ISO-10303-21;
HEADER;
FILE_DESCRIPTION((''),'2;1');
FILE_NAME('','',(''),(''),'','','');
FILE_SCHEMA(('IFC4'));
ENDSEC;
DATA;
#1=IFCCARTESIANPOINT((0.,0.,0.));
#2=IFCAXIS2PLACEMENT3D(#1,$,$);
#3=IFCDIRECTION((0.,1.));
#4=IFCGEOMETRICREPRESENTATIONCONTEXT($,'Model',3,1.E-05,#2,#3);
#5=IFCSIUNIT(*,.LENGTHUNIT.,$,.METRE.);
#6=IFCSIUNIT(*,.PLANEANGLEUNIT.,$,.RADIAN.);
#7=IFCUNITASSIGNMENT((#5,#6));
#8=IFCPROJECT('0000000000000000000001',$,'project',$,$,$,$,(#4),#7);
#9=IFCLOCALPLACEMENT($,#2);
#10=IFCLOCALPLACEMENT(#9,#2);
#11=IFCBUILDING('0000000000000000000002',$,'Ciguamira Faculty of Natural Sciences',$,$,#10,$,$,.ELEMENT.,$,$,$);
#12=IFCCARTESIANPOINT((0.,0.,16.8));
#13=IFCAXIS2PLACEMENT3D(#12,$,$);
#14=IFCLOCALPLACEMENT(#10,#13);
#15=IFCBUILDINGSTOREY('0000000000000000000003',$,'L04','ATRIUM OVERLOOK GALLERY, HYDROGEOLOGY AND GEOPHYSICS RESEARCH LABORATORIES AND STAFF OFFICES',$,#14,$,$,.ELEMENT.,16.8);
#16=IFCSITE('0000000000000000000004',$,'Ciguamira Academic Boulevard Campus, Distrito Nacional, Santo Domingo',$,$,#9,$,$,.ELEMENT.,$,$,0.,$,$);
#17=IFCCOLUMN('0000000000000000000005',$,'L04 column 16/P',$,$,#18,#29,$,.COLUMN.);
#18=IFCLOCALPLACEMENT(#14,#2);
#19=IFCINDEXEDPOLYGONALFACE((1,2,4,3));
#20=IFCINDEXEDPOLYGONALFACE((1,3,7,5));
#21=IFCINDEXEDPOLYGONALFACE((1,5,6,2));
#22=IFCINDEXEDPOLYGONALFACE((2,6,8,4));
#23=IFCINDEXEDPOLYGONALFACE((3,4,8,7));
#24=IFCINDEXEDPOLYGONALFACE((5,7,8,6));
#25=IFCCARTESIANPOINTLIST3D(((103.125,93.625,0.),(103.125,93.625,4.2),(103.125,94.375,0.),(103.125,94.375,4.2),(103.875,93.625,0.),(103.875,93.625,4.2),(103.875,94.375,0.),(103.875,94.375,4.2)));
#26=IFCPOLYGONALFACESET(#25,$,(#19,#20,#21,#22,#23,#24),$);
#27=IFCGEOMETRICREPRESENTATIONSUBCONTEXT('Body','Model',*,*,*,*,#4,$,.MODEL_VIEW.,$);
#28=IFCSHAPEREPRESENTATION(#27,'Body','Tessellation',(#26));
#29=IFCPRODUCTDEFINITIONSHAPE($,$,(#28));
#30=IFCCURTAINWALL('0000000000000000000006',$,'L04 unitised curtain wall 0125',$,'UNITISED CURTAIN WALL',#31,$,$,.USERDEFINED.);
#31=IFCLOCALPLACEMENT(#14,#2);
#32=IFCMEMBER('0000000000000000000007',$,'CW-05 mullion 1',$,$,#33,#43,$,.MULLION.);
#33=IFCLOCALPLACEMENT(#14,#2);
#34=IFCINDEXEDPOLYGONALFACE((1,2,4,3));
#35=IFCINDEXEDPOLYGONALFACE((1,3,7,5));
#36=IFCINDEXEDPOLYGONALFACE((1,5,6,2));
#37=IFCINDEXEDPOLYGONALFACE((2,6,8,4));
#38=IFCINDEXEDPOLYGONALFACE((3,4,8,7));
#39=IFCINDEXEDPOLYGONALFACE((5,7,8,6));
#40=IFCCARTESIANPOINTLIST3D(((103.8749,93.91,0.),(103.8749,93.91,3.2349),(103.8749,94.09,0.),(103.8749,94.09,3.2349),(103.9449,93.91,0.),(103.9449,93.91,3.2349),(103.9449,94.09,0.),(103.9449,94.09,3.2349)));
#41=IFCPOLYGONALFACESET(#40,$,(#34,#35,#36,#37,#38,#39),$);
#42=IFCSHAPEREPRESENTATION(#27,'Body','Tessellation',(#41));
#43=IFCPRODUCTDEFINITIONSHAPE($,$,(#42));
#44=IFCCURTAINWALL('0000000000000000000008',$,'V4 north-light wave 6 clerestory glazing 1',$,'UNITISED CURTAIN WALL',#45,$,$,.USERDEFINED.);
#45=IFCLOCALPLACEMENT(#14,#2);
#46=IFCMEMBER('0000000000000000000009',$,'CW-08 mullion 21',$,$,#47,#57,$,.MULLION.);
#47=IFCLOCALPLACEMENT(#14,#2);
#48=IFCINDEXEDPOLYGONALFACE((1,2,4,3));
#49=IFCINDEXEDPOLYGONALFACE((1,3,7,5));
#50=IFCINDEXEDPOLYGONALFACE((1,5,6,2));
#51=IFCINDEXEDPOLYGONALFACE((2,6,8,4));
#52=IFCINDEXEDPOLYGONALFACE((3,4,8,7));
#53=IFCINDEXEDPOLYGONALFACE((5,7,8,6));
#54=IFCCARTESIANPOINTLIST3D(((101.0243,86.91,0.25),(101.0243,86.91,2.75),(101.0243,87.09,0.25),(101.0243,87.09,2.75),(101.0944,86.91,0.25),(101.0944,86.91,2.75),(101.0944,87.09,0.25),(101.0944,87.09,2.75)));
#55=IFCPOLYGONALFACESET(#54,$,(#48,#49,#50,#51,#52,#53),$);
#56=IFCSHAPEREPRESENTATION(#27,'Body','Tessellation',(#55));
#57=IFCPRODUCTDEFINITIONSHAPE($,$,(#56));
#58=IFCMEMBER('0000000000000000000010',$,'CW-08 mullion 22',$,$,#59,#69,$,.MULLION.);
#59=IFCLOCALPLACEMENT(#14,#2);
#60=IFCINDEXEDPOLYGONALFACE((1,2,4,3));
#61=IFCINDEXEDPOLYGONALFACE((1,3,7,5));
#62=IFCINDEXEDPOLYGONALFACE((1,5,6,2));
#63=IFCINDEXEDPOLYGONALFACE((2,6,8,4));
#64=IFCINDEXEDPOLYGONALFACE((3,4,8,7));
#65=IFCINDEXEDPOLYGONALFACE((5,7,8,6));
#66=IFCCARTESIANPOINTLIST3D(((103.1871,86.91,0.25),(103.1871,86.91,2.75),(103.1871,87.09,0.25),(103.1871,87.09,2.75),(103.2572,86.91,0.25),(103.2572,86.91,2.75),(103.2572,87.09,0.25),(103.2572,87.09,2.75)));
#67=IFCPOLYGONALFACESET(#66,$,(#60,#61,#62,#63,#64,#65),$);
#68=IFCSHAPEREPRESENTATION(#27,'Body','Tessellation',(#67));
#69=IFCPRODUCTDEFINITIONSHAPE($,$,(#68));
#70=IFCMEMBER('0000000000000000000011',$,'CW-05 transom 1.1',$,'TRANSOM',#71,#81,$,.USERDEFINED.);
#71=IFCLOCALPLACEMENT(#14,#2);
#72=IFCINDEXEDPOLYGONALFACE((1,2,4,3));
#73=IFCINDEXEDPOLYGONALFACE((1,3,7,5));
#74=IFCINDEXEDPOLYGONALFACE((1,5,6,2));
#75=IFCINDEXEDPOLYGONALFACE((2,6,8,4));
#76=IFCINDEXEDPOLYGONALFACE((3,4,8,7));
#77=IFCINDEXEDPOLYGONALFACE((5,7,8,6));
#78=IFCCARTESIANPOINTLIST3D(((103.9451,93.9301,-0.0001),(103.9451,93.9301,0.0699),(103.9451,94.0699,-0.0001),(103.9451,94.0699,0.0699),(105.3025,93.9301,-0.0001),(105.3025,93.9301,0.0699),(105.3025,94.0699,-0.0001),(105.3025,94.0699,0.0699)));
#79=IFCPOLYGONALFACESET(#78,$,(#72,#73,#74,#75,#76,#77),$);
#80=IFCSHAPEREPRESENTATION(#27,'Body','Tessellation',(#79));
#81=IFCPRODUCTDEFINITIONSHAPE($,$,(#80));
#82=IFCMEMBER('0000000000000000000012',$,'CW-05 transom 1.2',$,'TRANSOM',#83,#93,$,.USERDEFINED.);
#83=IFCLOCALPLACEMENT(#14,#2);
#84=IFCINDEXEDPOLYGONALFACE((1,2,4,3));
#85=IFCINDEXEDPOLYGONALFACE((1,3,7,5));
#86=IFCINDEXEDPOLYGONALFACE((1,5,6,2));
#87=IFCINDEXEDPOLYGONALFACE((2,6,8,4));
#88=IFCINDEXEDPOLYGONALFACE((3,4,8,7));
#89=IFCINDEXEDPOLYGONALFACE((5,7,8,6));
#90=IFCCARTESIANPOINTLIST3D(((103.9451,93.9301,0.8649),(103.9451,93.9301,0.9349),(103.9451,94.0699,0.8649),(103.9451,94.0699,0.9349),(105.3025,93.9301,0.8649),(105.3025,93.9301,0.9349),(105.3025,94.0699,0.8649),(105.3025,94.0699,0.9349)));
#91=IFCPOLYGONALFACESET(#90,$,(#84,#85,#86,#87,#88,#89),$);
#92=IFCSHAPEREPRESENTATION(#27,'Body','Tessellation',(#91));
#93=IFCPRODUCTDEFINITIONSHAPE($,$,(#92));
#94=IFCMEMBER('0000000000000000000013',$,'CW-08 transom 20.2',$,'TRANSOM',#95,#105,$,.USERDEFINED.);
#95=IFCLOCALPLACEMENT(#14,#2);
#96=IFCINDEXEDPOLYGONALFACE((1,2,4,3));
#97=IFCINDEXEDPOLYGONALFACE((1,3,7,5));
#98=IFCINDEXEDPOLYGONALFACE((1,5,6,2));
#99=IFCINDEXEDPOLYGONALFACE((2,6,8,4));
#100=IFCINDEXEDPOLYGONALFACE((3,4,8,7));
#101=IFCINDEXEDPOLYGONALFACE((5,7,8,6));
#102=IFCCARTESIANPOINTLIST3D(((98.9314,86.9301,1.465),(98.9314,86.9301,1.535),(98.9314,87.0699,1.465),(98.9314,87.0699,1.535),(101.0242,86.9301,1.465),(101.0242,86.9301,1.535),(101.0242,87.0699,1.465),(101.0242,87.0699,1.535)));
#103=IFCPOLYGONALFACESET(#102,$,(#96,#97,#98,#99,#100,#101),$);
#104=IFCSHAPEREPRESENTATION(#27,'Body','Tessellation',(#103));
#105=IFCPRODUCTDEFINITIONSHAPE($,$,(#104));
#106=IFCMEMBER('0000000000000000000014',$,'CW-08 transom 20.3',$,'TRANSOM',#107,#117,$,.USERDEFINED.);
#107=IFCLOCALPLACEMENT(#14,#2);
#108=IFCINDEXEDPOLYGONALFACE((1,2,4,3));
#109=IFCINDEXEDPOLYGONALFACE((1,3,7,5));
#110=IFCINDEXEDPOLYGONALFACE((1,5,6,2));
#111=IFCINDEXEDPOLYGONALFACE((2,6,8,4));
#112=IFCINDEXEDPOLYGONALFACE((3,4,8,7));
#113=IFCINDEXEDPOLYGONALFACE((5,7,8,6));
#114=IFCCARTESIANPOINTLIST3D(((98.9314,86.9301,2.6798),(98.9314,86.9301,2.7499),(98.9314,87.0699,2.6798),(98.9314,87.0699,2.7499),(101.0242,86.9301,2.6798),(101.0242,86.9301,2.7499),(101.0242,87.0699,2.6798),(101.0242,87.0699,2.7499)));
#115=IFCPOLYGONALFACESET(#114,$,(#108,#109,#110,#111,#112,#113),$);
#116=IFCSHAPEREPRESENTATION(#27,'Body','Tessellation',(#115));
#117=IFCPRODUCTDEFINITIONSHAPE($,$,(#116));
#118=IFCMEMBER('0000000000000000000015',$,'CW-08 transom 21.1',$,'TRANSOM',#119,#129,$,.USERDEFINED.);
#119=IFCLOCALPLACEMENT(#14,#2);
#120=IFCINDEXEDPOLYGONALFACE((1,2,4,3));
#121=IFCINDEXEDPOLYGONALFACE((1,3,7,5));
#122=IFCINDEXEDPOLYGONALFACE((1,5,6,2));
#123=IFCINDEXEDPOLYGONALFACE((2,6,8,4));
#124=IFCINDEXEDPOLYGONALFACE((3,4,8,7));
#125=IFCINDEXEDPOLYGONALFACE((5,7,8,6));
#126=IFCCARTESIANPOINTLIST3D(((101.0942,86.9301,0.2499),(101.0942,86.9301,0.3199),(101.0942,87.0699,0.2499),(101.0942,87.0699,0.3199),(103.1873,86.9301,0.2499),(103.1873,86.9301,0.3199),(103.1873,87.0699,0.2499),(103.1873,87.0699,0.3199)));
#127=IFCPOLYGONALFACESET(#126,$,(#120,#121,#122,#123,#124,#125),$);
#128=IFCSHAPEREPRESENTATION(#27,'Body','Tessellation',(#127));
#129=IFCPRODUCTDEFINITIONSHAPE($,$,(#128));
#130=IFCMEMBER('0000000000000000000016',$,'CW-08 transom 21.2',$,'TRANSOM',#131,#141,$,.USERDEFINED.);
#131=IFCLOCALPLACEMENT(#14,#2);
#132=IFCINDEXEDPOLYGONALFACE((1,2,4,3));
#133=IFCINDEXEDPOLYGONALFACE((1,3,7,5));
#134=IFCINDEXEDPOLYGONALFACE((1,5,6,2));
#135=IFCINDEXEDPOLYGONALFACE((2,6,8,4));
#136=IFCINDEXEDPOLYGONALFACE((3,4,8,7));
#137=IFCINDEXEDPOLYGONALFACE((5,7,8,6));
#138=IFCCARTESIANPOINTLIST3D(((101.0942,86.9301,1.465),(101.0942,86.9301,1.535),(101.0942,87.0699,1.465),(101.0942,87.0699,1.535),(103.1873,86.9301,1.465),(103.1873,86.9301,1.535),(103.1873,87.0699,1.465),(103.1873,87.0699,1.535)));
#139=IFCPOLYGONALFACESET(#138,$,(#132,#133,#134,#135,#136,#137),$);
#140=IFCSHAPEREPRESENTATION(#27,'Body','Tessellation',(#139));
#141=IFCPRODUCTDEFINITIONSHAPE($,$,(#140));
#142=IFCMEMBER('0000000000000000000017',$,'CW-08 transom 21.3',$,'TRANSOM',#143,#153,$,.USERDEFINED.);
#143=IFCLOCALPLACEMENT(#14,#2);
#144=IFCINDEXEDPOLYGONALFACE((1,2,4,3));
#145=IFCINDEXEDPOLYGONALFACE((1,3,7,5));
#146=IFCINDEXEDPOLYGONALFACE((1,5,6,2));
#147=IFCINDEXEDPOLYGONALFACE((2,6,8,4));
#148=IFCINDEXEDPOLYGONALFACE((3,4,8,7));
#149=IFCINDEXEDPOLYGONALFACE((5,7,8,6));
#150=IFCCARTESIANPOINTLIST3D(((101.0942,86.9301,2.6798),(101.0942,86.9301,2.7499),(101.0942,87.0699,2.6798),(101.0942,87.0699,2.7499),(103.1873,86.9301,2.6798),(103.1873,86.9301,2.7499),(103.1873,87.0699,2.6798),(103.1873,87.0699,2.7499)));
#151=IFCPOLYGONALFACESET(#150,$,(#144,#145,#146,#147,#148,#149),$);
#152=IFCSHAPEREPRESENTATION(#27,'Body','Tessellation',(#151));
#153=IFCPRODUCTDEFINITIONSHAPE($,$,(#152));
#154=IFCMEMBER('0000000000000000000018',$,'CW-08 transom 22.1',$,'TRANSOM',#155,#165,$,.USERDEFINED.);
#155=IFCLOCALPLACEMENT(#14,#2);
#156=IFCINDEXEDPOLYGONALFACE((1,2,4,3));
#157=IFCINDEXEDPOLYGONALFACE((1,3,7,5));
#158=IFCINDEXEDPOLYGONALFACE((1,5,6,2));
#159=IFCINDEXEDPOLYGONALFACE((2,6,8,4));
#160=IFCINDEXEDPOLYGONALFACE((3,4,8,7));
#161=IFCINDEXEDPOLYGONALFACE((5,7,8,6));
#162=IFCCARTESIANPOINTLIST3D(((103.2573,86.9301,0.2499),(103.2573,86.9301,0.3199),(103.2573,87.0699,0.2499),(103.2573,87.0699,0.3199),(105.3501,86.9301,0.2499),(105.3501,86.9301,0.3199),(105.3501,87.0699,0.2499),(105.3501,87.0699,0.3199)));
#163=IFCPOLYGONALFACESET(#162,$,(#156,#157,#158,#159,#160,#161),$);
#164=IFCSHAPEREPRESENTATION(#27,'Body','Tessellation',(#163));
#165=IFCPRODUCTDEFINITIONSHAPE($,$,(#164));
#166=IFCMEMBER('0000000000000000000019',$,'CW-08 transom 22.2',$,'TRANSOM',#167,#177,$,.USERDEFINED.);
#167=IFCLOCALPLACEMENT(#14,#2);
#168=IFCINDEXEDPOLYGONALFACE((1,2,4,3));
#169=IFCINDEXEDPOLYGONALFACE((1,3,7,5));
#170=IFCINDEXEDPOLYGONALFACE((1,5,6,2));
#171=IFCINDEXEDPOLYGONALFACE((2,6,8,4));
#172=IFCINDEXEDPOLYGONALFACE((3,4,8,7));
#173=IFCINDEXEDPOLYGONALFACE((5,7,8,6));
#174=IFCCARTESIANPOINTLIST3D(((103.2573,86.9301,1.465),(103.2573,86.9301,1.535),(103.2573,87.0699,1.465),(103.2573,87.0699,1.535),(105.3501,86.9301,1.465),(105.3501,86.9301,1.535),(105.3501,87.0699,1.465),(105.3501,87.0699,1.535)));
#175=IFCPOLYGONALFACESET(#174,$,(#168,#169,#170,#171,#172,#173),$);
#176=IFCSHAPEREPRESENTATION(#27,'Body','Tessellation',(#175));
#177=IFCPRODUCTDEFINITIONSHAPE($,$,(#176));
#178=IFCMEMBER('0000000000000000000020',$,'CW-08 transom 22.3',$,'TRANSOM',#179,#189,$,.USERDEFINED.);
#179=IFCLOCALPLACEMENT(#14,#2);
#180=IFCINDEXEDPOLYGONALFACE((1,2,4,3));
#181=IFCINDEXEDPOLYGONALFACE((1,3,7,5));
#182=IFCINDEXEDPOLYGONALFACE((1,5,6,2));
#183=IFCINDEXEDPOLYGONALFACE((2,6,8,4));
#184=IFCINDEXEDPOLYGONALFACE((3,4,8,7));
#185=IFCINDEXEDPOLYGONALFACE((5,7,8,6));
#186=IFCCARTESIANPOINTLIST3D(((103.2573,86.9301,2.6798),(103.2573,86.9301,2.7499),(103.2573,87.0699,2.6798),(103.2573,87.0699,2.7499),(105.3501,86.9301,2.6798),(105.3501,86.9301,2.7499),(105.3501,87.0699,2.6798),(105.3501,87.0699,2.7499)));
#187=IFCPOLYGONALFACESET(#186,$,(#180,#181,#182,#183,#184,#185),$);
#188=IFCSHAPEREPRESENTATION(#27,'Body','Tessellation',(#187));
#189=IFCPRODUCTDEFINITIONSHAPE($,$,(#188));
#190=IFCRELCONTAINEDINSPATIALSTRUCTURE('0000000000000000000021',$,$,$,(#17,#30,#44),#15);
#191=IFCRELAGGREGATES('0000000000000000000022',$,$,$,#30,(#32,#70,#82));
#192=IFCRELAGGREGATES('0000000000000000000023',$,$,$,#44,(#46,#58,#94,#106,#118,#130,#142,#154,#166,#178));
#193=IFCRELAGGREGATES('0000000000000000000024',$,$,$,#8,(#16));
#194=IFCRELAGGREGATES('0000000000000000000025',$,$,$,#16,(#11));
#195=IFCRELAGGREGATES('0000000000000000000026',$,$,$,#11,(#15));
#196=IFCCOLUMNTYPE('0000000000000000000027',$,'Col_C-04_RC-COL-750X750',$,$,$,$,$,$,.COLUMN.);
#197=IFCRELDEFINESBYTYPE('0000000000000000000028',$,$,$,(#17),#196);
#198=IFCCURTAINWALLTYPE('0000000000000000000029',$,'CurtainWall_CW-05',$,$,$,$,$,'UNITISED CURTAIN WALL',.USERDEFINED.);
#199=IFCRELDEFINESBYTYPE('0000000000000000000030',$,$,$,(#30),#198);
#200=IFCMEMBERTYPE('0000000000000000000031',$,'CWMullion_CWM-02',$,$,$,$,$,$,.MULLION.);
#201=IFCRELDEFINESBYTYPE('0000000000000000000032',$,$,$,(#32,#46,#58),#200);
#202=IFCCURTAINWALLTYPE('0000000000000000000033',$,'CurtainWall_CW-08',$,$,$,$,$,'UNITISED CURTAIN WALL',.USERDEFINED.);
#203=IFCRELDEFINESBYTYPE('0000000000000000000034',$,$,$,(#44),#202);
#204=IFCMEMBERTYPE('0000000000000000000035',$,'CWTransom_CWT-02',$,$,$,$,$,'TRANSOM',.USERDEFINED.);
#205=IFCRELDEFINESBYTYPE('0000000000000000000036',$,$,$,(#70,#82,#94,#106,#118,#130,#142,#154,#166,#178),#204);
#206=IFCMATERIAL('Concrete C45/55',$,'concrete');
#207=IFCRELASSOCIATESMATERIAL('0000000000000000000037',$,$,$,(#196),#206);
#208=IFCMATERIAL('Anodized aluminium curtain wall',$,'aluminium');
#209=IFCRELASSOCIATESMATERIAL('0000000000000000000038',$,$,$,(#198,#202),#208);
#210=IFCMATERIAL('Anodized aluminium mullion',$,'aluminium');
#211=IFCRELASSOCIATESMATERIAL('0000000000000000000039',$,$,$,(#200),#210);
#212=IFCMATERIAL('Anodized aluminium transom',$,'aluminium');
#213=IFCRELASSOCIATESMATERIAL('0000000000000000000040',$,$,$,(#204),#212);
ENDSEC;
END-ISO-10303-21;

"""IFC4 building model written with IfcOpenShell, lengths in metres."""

from ifc_helpers import new_model, si_unit, direction, frame, origin, origin_2d, place, context, subcontext, project, spatial, rectangle, extrude, material, material_profile, profile_set, type_object, element, aggregate, save


model = new_model("IFC4")

# Units and contexts
model_context = context("Model", 3, precision=1e-05, world=origin(), true_north=direction((0.0, 1.0)))
body_context = subcontext(model_context, "Body", "Model", "MODEL_VIEW")
ifc_project = project(units=[si_unit("LENGTHUNIT", "METRE"), si_unit("PLANEANGLEUNIT", "RADIAN")], contexts=[model_context])

# Site, building, storey
site_placement = place(None, origin())
site = spatial("IfcSite", under=ifc_project, at=site_placement, Name="Ciguamira Academic Boulevard Campus, Distrito Nacional, Santo Domingo", CompositionType="ELEMENT", RefElevation=0.0)
building_placement = place(site_placement, origin())
building = spatial("IfcBuilding", under=site, at=building_placement, Name="Ciguamira Faculty of Natural Sciences", CompositionType="ELEMENT")
storey_placement = place(building_placement, frame((0.0, 0.0, 16.8)))
storey = spatial("IfcBuildingStorey", under=building, at=storey_placement, Name="L04", Description="ATRIUM OVERLOOK GALLERY, HYDROGEOLOGY AND GEOPHYSICS RESEARCH LABORATORIES AND STAFF OFFICES", CompositionType="ELEMENT", Elevation=16.8)

# Column
ifc_material_1 = material(Name="Concrete C45/55", Category="concrete")
ifc_material_profile_1 = material_profile(ifc_material_1, rectangle(XDim=0.75, YDim=0.75, at=origin_2d()), Name="RC-COL-750X750")
ifc_profile_set_1 = profile_set([ifc_material_profile_1], Name="Concrete C45/55")
column_type = type_object("IfcColumnType", Name="Col_C-04_RC-COL-750X750", PredefinedType="COLUMN", material=ifc_profile_set_1)
column_placement = place(storey_placement, frame((103.5, 94.0, 0.0), z_axis=(0.0, 0.0, 1.0), x_axis=(1.0, 0.0, 0.0)))
element("IfcColumn", 1, at=column_placement, inside=storey, type_object=column_type, Name="L04 column 16/P", PredefinedType="COLUMN", context=body_context, shape_type="SweptSolid", body=[
    extrude(rectangle(XDim=0.75, YDim=0.75, at=origin_2d()), origin(), (0.0, 0.0, 1.0), 4.2),
])

# Curtain wall, member
ifc_material_2 = material(Name="Anodized aluminium curtain wall", Category="aluminium")
curtain_wall_type_1 = type_object("IfcCurtainWallType", Name="CurtainWall_CW-05", ElementType="UNITISED CURTAIN WALL", PredefinedType="USERDEFINED", material=ifc_material_2)
curtain_wall_1_placement = place(storey_placement, origin())
curtain_wall_1 = element("IfcCurtainWall", 2, at=curtain_wall_1_placement, inside=storey, type_object=curtain_wall_type_1, Name="L04 unitised curtain wall 0125", ObjectType="UNITISED CURTAIN WALL", PredefinedType="USERDEFINED")
ifc_material_3 = material(Name="Anodized aluminium mullion", Category="aluminium")
ifc_material_profile_2 = material_profile(ifc_material_3, rectangle(XDim=0.0701, YDim=0.1799, at=origin_2d()), Name="ALU-MUL-70X180")
ifc_profile_set_2 = profile_set([ifc_material_profile_2], Name="Anodized aluminium mullion")
member_type_1 = type_object("IfcMemberType", Name="CWMullion_CWM-02", PredefinedType="MULLION", material=ifc_profile_set_2)
member_1_placement = place(storey_placement, frame((103.9099, 94.0, 0.0), z_axis=(0.0, 0.0, 1.0), x_axis=(1.0, 0.0, 0.0)))
member_1 = element("IfcMember", 3, at=member_1_placement, type_object=member_type_1, Name="CW-05 mullion 1", PredefinedType="MULLION", context=body_context, shape_type="SweptSolid", body=[
    extrude(rectangle(XDim=0.0701, YDim=0.1799, at=origin_2d()), origin(), (0.0, 0.0, 1.0), 3.2349),
])

# Curtain wall, members
curtain_wall_type_2 = type_object("IfcCurtainWallType", Name="CurtainWall_CW-08", ElementType="UNITISED CURTAIN WALL", PredefinedType="USERDEFINED", material=ifc_material_2)
curtain_wall_2_placement = place(storey_placement, origin())
curtain_wall_2 = element("IfcCurtainWall", 4, at=curtain_wall_2_placement, inside=storey, type_object=curtain_wall_type_2, Name="V4 north-light wave 6 clerestory glazing 1", ObjectType="UNITISED CURTAIN WALL", PredefinedType="USERDEFINED")
member_2_placement = place(storey_placement, frame((101.0593, 87.0, 0.25), z_axis=(0.0, 0.0, 1.0), x_axis=(1.0, 0.0, 0.0)))
member_2 = element("IfcMember", 5, at=member_2_placement, type_object=member_type_1, Name="CW-08 mullion 21", PredefinedType="MULLION", context=body_context, shape_type="SweptSolid", body=[
    extrude(rectangle(XDim=0.0701, YDim=0.1799, at=origin_2d()), origin(), (0.0, 0.0, 1.0), 2.5),
])
member_3_placement = place(storey_placement, frame((103.2222, 87.0, 0.25), z_axis=(0.0, 0.0, 1.0), x_axis=(1.0, 0.0, 0.0)))
member_3 = element("IfcMember", 6, at=member_3_placement, type_object=member_type_1, Name="CW-08 mullion 22", PredefinedType="MULLION", context=body_context, shape_type="SweptSolid", body=[
    extrude(rectangle(XDim=0.0701, YDim=0.1799, at=origin_2d()), origin(), (0.0, 0.0, 1.0), 2.5),
])

# Members
ifc_material_4 = material(Name="Anodized aluminium transom", Category="aluminium")
ifc_material_profile_3 = material_profile(ifc_material_4, rectangle(XDim=0.0701, YDim=0.1399, at=origin_2d()), Name="ALU-TRN-70X140")
ifc_profile_set_3 = profile_set([ifc_material_profile_3], Name="Anodized aluminium transom")
member_type_2 = type_object("IfcMemberType", Name="CWTransom_CWT-02", ElementType="TRANSOM", PredefinedType="USERDEFINED", material=ifc_profile_set_3)
member_4_placement = place(storey_placement, frame((103.9451, 94.0, 0.0349), z_axis=(1.0, 0.0, 0.0), x_axis=(0.0, 0.0, 1.0)))
member_4 = element("IfcMember", 7, at=member_4_placement, type_object=member_type_2, Name="CW-05 transom 1.1", ObjectType="TRANSOM", PredefinedType="USERDEFINED", context=body_context, shape_type="SweptSolid", body=[
    extrude(rectangle(XDim=0.0701, YDim=0.1399, at=origin_2d()), origin(), (0.0, 0.0, 1.0), 1.3574),
])
member_5_placement = place(storey_placement, frame((103.9451, 94.0, 0.8999), z_axis=(1.0, 0.0, 0.0), x_axis=(0.0, 0.0, 1.0)))
member_5 = element("IfcMember", 8, at=member_5_placement, type_object=member_type_2, Name="CW-05 transom 1.2", ObjectType="TRANSOM", PredefinedType="USERDEFINED", context=body_context, shape_type="SweptSolid", body=[
    extrude(rectangle(XDim=0.0701, YDim=0.1399, at=origin_2d()), origin(), (0.0, 0.0, 1.0), 1.3574),
])
aggregate(curtain_wall_1, [member_1, member_4, member_5])
member_6_placement = place(storey_placement, frame((98.9314, 87.0, 1.5), z_axis=(1.0, 0.0, 0.0), x_axis=(0.0, 0.0, 1.0)))
member_6 = element("IfcMember", 9, at=member_6_placement, type_object=member_type_2, Name="CW-08 transom 20.2", ObjectType="TRANSOM", PredefinedType="USERDEFINED", context=body_context, shape_type="SweptSolid", body=[
    extrude(rectangle(XDim=0.0701, YDim=0.1399, at=origin_2d()), origin(), (0.0, 0.0, 1.0), 2.0928),
])
member_7_placement = place(storey_placement, frame((98.9314, 87.0, 2.7148), z_axis=(1.0, 0.0, 0.0), x_axis=(0.0, 0.0, 1.0)))
member_7 = element("IfcMember", 10, at=member_7_placement, type_object=member_type_2, Name="CW-08 transom 20.3", ObjectType="TRANSOM", PredefinedType="USERDEFINED", context=body_context, shape_type="SweptSolid", body=[
    extrude(rectangle(XDim=0.0701, YDim=0.1399, at=origin_2d()), origin(), (0.0, 0.0, 1.0), 2.0928),
])
member_8_placement = place(storey_placement, frame((101.0942, 87.0, 0.2849), z_axis=(1.0, 0.0, 0.0), x_axis=(0.0, 0.0, 1.0)))
member_8 = element("IfcMember", 11, at=member_8_placement, type_object=member_type_2, Name="CW-08 transom 21.1", ObjectType="TRANSOM", PredefinedType="USERDEFINED", context=body_context, shape_type="SweptSolid", body=[
    extrude(rectangle(XDim=0.0701, YDim=0.1399, at=origin_2d()), origin(), (0.0, 0.0, 1.0), 2.093),
])
member_9_placement = place(storey_placement, frame((101.0942, 87.0, 1.5), z_axis=(1.0, 0.0, 0.0), x_axis=(0.0, 0.0, 1.0)))
member_9 = element("IfcMember", 12, at=member_9_placement, type_object=member_type_2, Name="CW-08 transom 21.2", ObjectType="TRANSOM", PredefinedType="USERDEFINED", context=body_context, shape_type="SweptSolid", body=[
    extrude(rectangle(XDim=0.0701, YDim=0.1399, at=origin_2d()), origin(), (0.0, 0.0, 1.0), 2.093),
])
member_10_placement = place(storey_placement, frame((101.0942, 87.0, 2.7148), z_axis=(1.0, 0.0, 0.0), x_axis=(0.0, 0.0, 1.0)))
member_10 = element("IfcMember", 13, at=member_10_placement, type_object=member_type_2, Name="CW-08 transom 21.3", ObjectType="TRANSOM", PredefinedType="USERDEFINED", context=body_context, shape_type="SweptSolid", body=[
    extrude(rectangle(XDim=0.0701, YDim=0.1399, at=origin_2d()), origin(), (0.0, 0.0, 1.0), 2.093),
])
member_11_placement = place(storey_placement, frame((103.2573, 87.0, 0.2849), z_axis=(1.0, 0.0, 0.0), x_axis=(0.0, 0.0, 1.0)))
member_11 = element("IfcMember", 14, at=member_11_placement, type_object=member_type_2, Name="CW-08 transom 22.1", ObjectType="TRANSOM", PredefinedType="USERDEFINED", context=body_context, shape_type="SweptSolid", body=[
    extrude(rectangle(XDim=0.0701, YDim=0.1399, at=origin_2d()), origin(), (0.0, 0.0, 1.0), 2.0928),
])
member_12_placement = place(storey_placement, frame((103.2573, 87.0, 1.5), z_axis=(1.0, 0.0, 0.0), x_axis=(0.0, 0.0, 1.0)))
member_12 = element("IfcMember", 15, at=member_12_placement, type_object=member_type_2, Name="CW-08 transom 22.2", ObjectType="TRANSOM", PredefinedType="USERDEFINED", context=body_context, shape_type="SweptSolid", body=[
    extrude(rectangle(XDim=0.0701, YDim=0.1399, at=origin_2d()), origin(), (0.0, 0.0, 1.0), 2.0928),
])
member_13_placement = place(storey_placement, frame((103.2573, 87.0, 2.7148), z_axis=(1.0, 0.0, 0.0), x_axis=(0.0, 0.0, 1.0)))
member_13 = element("IfcMember", 16, at=member_13_placement, type_object=member_type_2, Name="CW-08 transom 22.3", ObjectType="TRANSOM", PredefinedType="USERDEFINED", context=body_context, shape_type="SweptSolid", body=[
    extrude(rectangle(XDim=0.0701, YDim=0.1399, at=origin_2d()), origin(), (0.0, 0.0, 1.0), 2.0928),
])

aggregate(curtain_wall_2, [member_2, member_3, member_6, member_7, member_8, member_9, member_10, member_11, member_12, member_13])

save(model, "model.ifc")
